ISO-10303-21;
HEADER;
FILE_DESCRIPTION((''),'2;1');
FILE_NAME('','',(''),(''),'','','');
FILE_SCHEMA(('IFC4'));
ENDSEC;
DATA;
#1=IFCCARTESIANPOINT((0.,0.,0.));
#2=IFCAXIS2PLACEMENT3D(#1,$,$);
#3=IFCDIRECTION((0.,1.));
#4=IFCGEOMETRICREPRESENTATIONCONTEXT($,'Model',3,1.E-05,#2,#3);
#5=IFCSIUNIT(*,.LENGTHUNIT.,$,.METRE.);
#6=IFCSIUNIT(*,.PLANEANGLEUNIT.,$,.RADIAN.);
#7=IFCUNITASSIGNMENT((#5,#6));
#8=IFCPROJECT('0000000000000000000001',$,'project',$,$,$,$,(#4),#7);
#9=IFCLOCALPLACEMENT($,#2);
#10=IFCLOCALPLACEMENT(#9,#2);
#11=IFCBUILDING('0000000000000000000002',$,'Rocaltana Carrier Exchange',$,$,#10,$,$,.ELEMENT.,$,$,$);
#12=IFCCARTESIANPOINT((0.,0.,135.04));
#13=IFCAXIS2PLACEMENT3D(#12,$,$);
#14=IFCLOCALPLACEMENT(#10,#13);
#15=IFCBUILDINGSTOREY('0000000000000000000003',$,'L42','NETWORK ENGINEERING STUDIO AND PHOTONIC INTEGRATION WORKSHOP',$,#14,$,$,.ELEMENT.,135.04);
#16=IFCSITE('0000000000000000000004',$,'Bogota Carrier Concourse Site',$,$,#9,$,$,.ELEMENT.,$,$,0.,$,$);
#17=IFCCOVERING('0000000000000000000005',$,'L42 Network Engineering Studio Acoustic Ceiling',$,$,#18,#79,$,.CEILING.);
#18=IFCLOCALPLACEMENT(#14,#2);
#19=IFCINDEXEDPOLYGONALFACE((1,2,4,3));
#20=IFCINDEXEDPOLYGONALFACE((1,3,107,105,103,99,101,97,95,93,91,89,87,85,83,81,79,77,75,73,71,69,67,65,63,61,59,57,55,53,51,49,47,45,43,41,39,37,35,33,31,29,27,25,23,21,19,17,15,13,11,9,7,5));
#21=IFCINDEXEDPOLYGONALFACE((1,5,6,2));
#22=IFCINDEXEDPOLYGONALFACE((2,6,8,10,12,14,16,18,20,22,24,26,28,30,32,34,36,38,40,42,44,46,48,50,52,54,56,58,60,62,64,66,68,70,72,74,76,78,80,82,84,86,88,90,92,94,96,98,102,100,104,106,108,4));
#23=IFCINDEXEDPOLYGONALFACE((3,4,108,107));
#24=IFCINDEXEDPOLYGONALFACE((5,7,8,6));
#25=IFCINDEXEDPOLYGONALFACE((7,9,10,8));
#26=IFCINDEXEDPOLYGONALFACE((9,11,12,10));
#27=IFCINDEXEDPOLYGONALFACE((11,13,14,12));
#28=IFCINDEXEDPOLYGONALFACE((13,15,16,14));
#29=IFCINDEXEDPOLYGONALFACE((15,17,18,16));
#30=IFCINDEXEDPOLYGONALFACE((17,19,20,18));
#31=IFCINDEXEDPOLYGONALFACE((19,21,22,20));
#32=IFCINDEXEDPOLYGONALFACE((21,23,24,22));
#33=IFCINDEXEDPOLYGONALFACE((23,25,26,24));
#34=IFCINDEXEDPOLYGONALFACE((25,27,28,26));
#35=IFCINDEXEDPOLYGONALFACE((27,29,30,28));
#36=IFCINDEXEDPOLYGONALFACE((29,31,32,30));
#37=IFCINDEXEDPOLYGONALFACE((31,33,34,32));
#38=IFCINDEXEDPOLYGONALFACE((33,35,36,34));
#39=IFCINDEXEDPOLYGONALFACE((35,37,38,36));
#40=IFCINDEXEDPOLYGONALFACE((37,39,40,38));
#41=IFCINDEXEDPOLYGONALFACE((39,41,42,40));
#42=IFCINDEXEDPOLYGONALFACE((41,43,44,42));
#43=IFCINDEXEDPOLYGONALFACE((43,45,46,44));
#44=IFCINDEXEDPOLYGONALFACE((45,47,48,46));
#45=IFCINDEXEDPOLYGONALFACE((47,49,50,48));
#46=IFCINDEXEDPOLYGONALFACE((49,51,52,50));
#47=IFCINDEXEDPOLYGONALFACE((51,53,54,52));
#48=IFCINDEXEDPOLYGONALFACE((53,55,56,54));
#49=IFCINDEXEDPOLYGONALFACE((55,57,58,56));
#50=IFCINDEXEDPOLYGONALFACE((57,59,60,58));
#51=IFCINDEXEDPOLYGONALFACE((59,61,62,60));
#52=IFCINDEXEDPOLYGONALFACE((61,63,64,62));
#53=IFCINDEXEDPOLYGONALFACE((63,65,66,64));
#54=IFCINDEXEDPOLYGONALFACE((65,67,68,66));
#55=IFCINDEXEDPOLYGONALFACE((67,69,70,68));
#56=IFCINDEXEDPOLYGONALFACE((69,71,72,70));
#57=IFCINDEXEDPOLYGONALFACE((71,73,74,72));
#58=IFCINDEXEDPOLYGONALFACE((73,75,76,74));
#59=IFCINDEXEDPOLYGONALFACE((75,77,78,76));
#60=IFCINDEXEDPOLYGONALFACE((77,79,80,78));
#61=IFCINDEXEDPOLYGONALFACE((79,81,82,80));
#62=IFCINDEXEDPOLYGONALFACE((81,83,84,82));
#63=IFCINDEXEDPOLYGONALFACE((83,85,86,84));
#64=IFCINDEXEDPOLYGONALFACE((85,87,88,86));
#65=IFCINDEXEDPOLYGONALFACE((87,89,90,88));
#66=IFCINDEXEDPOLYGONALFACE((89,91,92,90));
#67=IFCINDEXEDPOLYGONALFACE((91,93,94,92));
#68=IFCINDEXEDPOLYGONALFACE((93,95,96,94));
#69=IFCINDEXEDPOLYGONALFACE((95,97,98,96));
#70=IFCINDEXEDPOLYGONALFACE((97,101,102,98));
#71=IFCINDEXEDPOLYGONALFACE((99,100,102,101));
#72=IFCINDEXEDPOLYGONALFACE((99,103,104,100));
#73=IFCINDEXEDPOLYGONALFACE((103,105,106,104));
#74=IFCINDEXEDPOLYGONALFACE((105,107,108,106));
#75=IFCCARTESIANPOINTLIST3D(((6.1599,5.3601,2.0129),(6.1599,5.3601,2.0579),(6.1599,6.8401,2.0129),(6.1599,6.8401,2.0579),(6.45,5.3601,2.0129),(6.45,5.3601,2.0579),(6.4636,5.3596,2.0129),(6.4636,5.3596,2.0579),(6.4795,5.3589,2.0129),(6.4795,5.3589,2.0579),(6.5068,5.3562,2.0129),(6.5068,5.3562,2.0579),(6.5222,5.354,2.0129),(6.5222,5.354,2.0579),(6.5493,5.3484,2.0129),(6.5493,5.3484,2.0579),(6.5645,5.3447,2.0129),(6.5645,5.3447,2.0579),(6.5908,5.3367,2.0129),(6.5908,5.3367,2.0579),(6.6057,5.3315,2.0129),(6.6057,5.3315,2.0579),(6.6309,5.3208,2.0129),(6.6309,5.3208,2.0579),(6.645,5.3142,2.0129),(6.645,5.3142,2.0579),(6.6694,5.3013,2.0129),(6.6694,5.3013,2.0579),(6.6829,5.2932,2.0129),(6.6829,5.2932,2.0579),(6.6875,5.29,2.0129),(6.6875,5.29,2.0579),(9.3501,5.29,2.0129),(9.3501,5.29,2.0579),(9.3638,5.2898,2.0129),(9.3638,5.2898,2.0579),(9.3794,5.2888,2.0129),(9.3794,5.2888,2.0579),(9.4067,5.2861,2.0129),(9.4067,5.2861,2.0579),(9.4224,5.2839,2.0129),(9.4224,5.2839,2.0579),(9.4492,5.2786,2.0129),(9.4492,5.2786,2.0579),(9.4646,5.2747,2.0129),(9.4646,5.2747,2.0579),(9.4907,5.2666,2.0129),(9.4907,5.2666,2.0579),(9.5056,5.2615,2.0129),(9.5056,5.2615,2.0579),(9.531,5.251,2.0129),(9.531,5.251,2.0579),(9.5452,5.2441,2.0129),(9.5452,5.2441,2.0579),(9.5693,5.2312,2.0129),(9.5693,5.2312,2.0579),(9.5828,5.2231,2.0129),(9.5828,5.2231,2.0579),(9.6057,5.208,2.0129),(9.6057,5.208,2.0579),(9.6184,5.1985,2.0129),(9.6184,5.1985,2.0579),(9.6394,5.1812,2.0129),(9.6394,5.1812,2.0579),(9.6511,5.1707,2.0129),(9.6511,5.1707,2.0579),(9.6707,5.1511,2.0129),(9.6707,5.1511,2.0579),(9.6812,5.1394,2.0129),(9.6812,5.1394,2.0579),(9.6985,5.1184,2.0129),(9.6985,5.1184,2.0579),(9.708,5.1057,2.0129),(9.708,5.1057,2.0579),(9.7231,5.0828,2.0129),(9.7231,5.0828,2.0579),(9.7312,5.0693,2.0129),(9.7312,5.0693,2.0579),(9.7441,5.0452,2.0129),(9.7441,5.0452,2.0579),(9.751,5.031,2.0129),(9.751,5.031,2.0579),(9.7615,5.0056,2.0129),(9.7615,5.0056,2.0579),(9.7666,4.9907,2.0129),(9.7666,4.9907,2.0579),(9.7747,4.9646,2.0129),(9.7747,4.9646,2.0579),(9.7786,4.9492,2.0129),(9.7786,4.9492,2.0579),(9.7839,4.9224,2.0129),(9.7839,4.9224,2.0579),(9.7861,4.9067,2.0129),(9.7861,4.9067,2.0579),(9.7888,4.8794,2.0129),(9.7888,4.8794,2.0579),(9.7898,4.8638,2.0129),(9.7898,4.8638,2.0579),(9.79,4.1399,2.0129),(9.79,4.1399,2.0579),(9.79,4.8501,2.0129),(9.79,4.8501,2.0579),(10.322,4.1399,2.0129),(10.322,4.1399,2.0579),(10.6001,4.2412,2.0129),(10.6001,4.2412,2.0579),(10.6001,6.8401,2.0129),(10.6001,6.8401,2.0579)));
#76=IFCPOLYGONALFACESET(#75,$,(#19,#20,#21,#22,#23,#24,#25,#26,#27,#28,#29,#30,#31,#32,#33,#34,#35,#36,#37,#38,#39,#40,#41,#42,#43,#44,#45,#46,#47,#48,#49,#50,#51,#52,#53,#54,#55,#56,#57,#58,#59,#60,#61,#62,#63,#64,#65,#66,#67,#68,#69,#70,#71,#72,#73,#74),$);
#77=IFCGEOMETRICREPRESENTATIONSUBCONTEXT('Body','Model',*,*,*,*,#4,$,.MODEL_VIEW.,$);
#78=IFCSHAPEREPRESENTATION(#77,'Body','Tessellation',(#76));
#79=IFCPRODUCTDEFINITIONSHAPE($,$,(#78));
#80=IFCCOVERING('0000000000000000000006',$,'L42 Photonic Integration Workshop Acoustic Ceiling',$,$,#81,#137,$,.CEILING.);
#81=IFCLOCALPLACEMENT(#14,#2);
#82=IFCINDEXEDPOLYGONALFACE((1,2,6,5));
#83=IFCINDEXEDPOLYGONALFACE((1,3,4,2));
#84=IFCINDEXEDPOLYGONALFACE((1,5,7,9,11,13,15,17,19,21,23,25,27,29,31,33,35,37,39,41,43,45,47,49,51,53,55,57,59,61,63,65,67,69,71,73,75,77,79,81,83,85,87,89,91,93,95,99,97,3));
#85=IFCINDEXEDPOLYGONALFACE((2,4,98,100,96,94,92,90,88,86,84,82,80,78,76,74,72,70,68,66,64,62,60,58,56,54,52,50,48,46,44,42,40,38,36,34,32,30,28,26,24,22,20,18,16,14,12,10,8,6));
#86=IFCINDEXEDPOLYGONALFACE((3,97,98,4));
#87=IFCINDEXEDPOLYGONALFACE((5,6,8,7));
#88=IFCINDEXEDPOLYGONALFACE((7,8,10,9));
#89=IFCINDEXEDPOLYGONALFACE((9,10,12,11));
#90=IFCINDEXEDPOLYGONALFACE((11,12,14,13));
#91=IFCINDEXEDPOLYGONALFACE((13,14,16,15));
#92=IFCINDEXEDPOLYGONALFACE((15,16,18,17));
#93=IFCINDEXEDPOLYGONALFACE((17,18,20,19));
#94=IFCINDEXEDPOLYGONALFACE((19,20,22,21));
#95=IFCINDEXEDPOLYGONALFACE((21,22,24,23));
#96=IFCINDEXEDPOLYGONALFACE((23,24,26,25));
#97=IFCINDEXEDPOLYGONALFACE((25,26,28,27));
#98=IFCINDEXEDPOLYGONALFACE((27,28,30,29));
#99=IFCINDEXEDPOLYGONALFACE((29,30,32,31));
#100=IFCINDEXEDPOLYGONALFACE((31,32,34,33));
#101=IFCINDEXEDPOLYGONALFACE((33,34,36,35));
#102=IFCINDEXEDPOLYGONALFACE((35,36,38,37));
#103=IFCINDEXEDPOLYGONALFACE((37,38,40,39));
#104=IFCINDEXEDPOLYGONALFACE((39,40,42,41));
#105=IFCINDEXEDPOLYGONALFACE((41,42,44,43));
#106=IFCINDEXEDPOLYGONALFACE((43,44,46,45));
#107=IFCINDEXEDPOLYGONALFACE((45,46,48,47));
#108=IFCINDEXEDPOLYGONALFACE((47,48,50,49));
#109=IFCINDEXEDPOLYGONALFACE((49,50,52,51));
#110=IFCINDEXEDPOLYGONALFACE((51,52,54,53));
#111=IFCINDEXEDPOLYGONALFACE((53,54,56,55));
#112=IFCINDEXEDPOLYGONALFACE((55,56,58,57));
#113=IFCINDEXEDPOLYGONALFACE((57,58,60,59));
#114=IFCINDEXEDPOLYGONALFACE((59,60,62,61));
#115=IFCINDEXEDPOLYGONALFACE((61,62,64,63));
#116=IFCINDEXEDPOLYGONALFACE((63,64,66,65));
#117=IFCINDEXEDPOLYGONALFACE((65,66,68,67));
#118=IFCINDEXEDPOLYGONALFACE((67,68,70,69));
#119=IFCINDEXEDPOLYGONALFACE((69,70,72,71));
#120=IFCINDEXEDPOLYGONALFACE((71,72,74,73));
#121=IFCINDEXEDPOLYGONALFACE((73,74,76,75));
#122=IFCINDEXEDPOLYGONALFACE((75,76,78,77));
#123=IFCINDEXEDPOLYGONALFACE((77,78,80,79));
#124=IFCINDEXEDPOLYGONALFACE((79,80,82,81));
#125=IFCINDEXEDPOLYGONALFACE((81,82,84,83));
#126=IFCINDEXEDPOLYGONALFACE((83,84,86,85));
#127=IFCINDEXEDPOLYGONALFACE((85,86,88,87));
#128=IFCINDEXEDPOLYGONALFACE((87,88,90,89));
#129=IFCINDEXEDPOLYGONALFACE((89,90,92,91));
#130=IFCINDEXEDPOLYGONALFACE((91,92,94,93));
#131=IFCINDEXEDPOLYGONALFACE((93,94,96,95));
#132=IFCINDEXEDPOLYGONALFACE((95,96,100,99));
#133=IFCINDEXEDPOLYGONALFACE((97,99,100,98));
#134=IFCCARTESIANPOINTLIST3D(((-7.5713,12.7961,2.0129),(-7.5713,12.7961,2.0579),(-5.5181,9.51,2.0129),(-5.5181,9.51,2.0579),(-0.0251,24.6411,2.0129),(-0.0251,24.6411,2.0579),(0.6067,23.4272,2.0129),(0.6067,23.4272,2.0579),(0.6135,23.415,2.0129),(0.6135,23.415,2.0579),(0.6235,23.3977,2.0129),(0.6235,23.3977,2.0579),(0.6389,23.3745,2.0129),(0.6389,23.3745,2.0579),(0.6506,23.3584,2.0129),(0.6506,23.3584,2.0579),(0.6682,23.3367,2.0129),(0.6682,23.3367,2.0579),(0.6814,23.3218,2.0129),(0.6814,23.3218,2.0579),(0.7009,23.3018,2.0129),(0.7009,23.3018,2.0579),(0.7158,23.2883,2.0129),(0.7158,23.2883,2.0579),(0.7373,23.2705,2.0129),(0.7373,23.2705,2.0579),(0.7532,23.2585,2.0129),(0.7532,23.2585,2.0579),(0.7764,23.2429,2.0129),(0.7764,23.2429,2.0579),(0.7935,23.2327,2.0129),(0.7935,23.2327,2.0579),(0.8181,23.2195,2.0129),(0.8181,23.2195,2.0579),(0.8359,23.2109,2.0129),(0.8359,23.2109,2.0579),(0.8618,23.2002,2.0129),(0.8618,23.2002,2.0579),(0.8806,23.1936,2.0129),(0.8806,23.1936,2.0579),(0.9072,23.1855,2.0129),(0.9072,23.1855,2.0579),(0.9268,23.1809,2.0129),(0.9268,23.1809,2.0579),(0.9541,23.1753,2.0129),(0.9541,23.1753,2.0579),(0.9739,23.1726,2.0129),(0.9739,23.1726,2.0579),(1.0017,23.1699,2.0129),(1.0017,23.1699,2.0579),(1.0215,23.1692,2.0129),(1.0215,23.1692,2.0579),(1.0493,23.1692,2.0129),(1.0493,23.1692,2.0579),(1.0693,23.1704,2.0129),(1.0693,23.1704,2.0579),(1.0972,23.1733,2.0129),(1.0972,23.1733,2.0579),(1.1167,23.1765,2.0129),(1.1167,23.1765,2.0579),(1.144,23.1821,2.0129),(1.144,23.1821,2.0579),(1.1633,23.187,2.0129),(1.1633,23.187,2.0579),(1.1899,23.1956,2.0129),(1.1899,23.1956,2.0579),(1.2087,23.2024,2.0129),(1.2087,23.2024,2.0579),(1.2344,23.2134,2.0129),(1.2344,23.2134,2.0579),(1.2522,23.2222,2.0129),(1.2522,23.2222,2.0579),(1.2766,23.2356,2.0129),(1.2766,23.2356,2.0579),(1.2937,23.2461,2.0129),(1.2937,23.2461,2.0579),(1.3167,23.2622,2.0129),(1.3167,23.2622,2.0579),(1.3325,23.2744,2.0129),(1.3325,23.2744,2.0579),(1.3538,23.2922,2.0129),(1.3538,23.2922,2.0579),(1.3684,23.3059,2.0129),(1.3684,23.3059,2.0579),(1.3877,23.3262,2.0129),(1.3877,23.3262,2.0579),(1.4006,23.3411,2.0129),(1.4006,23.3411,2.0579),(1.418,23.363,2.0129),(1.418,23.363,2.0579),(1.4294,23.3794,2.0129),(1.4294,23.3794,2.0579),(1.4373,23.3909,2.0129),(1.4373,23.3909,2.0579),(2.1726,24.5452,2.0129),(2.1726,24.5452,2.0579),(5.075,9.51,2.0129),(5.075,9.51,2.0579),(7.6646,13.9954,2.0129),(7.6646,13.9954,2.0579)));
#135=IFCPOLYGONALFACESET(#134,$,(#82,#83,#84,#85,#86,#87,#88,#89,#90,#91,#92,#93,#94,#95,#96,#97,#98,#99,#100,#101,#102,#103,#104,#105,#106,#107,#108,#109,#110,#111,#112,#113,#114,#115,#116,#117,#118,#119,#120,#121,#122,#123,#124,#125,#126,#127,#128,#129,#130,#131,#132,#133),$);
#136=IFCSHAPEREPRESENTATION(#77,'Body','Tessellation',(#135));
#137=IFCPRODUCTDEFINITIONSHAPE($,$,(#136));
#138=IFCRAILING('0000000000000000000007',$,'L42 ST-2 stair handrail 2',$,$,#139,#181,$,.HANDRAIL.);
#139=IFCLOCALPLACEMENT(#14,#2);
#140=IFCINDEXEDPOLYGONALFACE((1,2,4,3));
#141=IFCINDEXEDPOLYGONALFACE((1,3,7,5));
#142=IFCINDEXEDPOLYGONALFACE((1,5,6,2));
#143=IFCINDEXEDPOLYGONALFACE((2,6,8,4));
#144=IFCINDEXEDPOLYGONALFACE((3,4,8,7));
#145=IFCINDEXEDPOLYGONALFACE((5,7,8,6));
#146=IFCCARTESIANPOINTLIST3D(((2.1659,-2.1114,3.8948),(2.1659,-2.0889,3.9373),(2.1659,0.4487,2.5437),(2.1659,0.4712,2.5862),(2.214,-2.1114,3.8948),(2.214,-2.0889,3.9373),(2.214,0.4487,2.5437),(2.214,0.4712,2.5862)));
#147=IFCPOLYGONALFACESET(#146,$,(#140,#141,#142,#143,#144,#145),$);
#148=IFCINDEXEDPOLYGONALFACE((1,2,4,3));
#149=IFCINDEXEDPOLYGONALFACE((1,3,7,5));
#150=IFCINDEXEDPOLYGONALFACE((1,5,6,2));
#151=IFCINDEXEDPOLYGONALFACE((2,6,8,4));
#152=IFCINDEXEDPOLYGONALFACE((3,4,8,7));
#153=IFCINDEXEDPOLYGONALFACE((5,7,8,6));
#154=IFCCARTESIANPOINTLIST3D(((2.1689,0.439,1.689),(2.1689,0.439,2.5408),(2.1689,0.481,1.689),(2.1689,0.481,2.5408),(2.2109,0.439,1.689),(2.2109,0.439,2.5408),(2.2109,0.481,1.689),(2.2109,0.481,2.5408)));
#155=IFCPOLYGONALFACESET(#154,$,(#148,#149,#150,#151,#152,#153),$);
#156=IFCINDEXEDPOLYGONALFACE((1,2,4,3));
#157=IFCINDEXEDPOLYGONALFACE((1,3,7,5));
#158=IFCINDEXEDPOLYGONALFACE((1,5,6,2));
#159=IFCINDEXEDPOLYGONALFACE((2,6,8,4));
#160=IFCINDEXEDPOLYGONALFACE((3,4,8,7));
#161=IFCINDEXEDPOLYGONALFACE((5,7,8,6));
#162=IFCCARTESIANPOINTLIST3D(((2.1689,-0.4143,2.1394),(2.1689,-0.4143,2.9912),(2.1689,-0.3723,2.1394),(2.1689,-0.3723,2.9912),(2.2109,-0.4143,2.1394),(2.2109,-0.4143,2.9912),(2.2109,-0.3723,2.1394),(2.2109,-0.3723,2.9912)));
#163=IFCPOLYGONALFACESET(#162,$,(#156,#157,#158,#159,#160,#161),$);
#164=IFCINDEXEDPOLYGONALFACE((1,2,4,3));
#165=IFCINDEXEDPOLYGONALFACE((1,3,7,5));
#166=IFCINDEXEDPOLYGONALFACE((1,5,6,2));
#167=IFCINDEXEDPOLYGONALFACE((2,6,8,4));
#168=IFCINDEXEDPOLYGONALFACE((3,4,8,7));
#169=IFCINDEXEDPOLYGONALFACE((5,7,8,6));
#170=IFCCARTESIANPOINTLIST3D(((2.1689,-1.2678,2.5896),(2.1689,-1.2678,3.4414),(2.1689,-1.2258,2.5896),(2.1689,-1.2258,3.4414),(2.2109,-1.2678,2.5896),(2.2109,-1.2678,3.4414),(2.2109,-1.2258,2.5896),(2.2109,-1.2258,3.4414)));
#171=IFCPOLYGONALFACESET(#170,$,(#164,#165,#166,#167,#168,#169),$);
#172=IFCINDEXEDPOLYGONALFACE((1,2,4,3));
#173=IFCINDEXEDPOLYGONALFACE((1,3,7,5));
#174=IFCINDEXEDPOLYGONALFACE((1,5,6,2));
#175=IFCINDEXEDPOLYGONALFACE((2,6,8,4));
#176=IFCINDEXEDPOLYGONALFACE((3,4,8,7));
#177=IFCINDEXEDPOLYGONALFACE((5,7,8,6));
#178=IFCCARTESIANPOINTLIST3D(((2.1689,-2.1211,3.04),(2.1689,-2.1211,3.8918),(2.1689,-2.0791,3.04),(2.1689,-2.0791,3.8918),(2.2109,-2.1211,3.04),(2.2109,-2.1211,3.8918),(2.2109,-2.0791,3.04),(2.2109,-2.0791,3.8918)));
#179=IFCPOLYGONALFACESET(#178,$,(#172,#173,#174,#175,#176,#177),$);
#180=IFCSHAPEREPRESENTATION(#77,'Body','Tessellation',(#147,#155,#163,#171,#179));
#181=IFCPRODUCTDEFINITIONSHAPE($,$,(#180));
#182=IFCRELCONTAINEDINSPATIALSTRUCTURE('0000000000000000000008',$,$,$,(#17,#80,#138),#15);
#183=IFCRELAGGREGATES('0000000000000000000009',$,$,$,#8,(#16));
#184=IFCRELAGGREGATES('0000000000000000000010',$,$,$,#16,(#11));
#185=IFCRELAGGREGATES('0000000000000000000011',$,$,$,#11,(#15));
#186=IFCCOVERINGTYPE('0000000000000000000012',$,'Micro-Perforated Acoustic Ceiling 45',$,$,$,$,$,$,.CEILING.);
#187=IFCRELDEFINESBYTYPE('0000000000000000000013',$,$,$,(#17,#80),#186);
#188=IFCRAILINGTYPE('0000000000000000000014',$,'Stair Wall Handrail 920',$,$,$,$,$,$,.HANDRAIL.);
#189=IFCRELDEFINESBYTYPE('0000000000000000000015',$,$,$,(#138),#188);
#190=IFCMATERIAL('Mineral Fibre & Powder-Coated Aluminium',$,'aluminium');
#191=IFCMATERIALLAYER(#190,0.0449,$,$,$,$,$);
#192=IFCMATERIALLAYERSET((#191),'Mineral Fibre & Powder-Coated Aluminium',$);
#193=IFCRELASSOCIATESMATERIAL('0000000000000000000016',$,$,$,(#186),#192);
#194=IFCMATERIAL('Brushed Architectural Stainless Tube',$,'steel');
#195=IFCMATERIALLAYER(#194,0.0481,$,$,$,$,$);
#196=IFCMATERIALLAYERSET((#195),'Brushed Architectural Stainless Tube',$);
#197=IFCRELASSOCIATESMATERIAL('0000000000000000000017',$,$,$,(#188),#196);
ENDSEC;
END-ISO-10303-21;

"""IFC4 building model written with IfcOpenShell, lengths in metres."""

from ifc_helpers import new_model, si_unit, direction, frame, origin, origin_2d, place, context, subcontext, project, spatial, polyline, rectangle, outline, extrude, material, layer, layer_set, type_object, element, save


model = new_model("IFC4")

# Units and contexts
model_context = context("Model", 3, precision=1e-05, world=origin(), true_north=direction((0.0, 1.0)))
body_context = subcontext(model_context, "Body", "Model", "MODEL_VIEW")
ifc_project = project(units=[si_unit("LENGTHUNIT", "METRE"), si_unit("PLANEANGLEUNIT", "RADIAN")], contexts=[model_context])

# Site, building, storey
site_placement = place(None, origin())
site = spatial("IfcSite", under=ifc_project, at=site_placement, Name="Bogota Carrier Concourse Site", CompositionType="ELEMENT", RefElevation=0.0)
building_placement = place(site_placement, origin())
building = spatial("IfcBuilding", under=site, at=building_placement, Name="Rocaltana Carrier Exchange", CompositionType="ELEMENT")
storey_placement = place(building_placement, frame((0.0, 0.0, 135.04)))
storey = spatial("IfcBuildingStorey", under=building, at=storey_placement, Name="L42", Description="NETWORK ENGINEERING STUDIO AND PHOTONIC INTEGRATION WORKSHOP", CompositionType="ELEMENT", Elevation=135.04)

# Coverings
ifc_material_1 = material(Name="Mineral Fibre & Powder-Coated Aluminium", Category="aluminium")
ifc_layer_1 = layer(ifc_material_1, 0.0449)
ifc_layer_set_1 = layer_set([ifc_layer_1], Name="Mineral Fibre & Powder-Coated Aluminium")
covering_type_1 = type_object("IfcCoveringType", Name="Micro-Perforated Acoustic Ceiling 45", PredefinedType="CEILING", material=ifc_layer_set_1)
covering_1_placement = place(storey_placement, frame((0.0, 0.0, 2.0129)))
element("IfcCovering", 1, at=covering_1_placement, inside=storey, type_object=covering_type_1, Name="L42 Network Engineering Studio Acoustic Ceiling", PredefinedType="CEILING", context=body_context, shape_type="SweptSolid", body=[
    extrude(outline(polyline([(6.1599, 6.8401), (10.6001, 6.8401), (10.6001, 4.2412), (10.322, 4.1399), (9.79, 4.1399), (9.79, 4.8501), (9.7898, 4.8638), (9.7888, 4.8794), (9.7861, 4.9067), (9.7839, 4.9224), (9.7786, 4.9492), (9.7747, 4.9646), (9.7666, 4.9907), (9.7615, 5.0056), (9.751, 5.031), (9.7441, 5.0452), (9.7312, 5.0693), (9.7231, 5.0828), (9.708, 5.1057), (9.6985, 5.1184), (9.6812, 5.1394), (9.6707, 5.1511), (9.6511, 5.1707), (9.6394, 5.1812), (9.6184, 5.1985), (9.6057, 5.208), (9.5828, 5.2231), (9.5693, 5.2312), (9.5452, 5.2441), (9.531, 5.251), (9.5056, 5.2615), (9.4907, 5.2666), (9.4646, 5.2747), (9.4492, 5.2786), (9.4224, 5.2839), (9.4067, 5.2861), (9.3794, 5.2888), (9.3638, 5.2898), (9.3501, 5.29), (6.6875, 5.29), (6.6829, 5.2932), (6.6694, 5.3013), (6.645, 5.3142), (6.6309, 5.3208), (6.6057, 5.3315), (6.5908, 5.3367), (6.5645, 5.3447), (6.5493, 5.3484), (6.5222, 5.354), (6.5068, 5.3562), (6.4795, 5.3589), (6.4636, 5.3596), (6.45, 5.3601), (6.1599, 5.3601), (6.1599, 6.8401)])), origin(), (0.0, 0.0, 1.0), 0.0449),
])
covering_2_placement = place(storey_placement, frame((0.0, 0.0, 2.0129)))
element("IfcCovering", 2, at=covering_2_placement, inside=storey, type_object=covering_type_1, Name="L42 Photonic Integration Workshop Acoustic Ceiling", PredefinedType="CEILING", context=body_context, shape_type="SweptSolid", body=[
    extrude(outline(polyline([(-0.0251, 24.6411), (0.6067, 23.4272), (0.6135, 23.415), (0.6235, 23.3977), (0.6389, 23.3745), (0.6506, 23.3584), (0.6682, 23.3367), (0.6814, 23.3218), (0.7009, 23.3018), (0.7158, 23.2883), (0.7373, 23.2705), (0.7532, 23.2585), (0.7764, 23.2429), (0.7935, 23.2327), (0.8181, 23.2195), (0.8359, 23.2109), (0.8618, 23.2002), (0.8806, 23.1936), (0.9072, 23.1855), (0.9268, 23.1809), (0.9541, 23.1753), (0.9739, 23.1726), (1.0017, 23.1699), (1.0215, 23.1692), (1.0493, 23.1692), (1.0693, 23.1704), (1.0972, 23.1733), (1.1167, 23.1765), (1.144, 23.1821), (1.1633, 23.187), (1.1899, 23.1956), (1.2087, 23.2024), (1.2344, 23.2134), (1.2522, 23.2222), (1.2766, 23.2356), (1.2937, 23.2461), (1.3167, 23.2622), (1.3325, 23.2744), (1.3538, 23.2922), (1.3684, 23.3059), (1.3877, 23.3262), (1.4006, 23.3411), (1.418, 23.363), (1.4294, 23.3794), (1.4373, 23.3909), (2.1726, 24.5452), (7.6646, 13.9954), (5.075, 9.51), (-5.5181, 9.51), (-7.5713, 12.7961), (-0.0251, 24.6411)])), origin(), (0.0, 0.0, 1.0), 0.0449),
])

# Railing
ifc_material_2 = material(Name="Brushed Architectural Stainless Tube", Category="steel")
ifc_layer_2 = layer(ifc_material_2, 0.0481)
ifc_layer_set_2 = layer_set([ifc_layer_2], Name="Brushed Architectural Stainless Tube")
railing_type_1 = type_object("IfcRailingType", Name="Stair Wall Handrail 920", PredefinedType="HANDRAIL", material=ifc_layer_set_2)
railing_1_placement = place(storey_placement, frame((2.1899, 0.46, 1.689)))
element("IfcRailing", 3, at=railing_1_placement, inside=storey, type_object=railing_type_1, Name="L42 ST-2 stair handrail 2", PredefinedType="HANDRAIL", context=body_context, shape_type="SweptSolid", body=[
    extrude(rectangle(XDim=0.0481, YDim=0.0481, at=origin_2d()), frame((0.0, 0.0, 0.876), z_axis=(0.0, -0.884394, 0.46674), x_axis=(1.0, 0.0, 0.0)), (0.0, 0.0, 1.0), 2.8948),
    extrude(rectangle(XDim=0.042, YDim=0.042, at=origin_2d()), origin(), (0.0, 0.0, 1.0), 0.8518),
    extrude(rectangle(XDim=0.042, YDim=0.042, at=origin_2d()), frame((0.0, -0.8533, 0.4504)), (0.0, 0.0, 1.0), 0.8518),
    extrude(rectangle(XDim=0.042, YDim=0.042, at=origin_2d()), frame((0.0, -1.7068, 0.9006)), (0.0, 0.0, 1.0), 0.8518),
    extrude(rectangle(XDim=0.042, YDim=0.042, at=origin_2d()), frame((0.0, -2.5601, 1.3511)), (0.0, 0.0, 1.0), 0.8518),
])

save(model, "model.ifc")
